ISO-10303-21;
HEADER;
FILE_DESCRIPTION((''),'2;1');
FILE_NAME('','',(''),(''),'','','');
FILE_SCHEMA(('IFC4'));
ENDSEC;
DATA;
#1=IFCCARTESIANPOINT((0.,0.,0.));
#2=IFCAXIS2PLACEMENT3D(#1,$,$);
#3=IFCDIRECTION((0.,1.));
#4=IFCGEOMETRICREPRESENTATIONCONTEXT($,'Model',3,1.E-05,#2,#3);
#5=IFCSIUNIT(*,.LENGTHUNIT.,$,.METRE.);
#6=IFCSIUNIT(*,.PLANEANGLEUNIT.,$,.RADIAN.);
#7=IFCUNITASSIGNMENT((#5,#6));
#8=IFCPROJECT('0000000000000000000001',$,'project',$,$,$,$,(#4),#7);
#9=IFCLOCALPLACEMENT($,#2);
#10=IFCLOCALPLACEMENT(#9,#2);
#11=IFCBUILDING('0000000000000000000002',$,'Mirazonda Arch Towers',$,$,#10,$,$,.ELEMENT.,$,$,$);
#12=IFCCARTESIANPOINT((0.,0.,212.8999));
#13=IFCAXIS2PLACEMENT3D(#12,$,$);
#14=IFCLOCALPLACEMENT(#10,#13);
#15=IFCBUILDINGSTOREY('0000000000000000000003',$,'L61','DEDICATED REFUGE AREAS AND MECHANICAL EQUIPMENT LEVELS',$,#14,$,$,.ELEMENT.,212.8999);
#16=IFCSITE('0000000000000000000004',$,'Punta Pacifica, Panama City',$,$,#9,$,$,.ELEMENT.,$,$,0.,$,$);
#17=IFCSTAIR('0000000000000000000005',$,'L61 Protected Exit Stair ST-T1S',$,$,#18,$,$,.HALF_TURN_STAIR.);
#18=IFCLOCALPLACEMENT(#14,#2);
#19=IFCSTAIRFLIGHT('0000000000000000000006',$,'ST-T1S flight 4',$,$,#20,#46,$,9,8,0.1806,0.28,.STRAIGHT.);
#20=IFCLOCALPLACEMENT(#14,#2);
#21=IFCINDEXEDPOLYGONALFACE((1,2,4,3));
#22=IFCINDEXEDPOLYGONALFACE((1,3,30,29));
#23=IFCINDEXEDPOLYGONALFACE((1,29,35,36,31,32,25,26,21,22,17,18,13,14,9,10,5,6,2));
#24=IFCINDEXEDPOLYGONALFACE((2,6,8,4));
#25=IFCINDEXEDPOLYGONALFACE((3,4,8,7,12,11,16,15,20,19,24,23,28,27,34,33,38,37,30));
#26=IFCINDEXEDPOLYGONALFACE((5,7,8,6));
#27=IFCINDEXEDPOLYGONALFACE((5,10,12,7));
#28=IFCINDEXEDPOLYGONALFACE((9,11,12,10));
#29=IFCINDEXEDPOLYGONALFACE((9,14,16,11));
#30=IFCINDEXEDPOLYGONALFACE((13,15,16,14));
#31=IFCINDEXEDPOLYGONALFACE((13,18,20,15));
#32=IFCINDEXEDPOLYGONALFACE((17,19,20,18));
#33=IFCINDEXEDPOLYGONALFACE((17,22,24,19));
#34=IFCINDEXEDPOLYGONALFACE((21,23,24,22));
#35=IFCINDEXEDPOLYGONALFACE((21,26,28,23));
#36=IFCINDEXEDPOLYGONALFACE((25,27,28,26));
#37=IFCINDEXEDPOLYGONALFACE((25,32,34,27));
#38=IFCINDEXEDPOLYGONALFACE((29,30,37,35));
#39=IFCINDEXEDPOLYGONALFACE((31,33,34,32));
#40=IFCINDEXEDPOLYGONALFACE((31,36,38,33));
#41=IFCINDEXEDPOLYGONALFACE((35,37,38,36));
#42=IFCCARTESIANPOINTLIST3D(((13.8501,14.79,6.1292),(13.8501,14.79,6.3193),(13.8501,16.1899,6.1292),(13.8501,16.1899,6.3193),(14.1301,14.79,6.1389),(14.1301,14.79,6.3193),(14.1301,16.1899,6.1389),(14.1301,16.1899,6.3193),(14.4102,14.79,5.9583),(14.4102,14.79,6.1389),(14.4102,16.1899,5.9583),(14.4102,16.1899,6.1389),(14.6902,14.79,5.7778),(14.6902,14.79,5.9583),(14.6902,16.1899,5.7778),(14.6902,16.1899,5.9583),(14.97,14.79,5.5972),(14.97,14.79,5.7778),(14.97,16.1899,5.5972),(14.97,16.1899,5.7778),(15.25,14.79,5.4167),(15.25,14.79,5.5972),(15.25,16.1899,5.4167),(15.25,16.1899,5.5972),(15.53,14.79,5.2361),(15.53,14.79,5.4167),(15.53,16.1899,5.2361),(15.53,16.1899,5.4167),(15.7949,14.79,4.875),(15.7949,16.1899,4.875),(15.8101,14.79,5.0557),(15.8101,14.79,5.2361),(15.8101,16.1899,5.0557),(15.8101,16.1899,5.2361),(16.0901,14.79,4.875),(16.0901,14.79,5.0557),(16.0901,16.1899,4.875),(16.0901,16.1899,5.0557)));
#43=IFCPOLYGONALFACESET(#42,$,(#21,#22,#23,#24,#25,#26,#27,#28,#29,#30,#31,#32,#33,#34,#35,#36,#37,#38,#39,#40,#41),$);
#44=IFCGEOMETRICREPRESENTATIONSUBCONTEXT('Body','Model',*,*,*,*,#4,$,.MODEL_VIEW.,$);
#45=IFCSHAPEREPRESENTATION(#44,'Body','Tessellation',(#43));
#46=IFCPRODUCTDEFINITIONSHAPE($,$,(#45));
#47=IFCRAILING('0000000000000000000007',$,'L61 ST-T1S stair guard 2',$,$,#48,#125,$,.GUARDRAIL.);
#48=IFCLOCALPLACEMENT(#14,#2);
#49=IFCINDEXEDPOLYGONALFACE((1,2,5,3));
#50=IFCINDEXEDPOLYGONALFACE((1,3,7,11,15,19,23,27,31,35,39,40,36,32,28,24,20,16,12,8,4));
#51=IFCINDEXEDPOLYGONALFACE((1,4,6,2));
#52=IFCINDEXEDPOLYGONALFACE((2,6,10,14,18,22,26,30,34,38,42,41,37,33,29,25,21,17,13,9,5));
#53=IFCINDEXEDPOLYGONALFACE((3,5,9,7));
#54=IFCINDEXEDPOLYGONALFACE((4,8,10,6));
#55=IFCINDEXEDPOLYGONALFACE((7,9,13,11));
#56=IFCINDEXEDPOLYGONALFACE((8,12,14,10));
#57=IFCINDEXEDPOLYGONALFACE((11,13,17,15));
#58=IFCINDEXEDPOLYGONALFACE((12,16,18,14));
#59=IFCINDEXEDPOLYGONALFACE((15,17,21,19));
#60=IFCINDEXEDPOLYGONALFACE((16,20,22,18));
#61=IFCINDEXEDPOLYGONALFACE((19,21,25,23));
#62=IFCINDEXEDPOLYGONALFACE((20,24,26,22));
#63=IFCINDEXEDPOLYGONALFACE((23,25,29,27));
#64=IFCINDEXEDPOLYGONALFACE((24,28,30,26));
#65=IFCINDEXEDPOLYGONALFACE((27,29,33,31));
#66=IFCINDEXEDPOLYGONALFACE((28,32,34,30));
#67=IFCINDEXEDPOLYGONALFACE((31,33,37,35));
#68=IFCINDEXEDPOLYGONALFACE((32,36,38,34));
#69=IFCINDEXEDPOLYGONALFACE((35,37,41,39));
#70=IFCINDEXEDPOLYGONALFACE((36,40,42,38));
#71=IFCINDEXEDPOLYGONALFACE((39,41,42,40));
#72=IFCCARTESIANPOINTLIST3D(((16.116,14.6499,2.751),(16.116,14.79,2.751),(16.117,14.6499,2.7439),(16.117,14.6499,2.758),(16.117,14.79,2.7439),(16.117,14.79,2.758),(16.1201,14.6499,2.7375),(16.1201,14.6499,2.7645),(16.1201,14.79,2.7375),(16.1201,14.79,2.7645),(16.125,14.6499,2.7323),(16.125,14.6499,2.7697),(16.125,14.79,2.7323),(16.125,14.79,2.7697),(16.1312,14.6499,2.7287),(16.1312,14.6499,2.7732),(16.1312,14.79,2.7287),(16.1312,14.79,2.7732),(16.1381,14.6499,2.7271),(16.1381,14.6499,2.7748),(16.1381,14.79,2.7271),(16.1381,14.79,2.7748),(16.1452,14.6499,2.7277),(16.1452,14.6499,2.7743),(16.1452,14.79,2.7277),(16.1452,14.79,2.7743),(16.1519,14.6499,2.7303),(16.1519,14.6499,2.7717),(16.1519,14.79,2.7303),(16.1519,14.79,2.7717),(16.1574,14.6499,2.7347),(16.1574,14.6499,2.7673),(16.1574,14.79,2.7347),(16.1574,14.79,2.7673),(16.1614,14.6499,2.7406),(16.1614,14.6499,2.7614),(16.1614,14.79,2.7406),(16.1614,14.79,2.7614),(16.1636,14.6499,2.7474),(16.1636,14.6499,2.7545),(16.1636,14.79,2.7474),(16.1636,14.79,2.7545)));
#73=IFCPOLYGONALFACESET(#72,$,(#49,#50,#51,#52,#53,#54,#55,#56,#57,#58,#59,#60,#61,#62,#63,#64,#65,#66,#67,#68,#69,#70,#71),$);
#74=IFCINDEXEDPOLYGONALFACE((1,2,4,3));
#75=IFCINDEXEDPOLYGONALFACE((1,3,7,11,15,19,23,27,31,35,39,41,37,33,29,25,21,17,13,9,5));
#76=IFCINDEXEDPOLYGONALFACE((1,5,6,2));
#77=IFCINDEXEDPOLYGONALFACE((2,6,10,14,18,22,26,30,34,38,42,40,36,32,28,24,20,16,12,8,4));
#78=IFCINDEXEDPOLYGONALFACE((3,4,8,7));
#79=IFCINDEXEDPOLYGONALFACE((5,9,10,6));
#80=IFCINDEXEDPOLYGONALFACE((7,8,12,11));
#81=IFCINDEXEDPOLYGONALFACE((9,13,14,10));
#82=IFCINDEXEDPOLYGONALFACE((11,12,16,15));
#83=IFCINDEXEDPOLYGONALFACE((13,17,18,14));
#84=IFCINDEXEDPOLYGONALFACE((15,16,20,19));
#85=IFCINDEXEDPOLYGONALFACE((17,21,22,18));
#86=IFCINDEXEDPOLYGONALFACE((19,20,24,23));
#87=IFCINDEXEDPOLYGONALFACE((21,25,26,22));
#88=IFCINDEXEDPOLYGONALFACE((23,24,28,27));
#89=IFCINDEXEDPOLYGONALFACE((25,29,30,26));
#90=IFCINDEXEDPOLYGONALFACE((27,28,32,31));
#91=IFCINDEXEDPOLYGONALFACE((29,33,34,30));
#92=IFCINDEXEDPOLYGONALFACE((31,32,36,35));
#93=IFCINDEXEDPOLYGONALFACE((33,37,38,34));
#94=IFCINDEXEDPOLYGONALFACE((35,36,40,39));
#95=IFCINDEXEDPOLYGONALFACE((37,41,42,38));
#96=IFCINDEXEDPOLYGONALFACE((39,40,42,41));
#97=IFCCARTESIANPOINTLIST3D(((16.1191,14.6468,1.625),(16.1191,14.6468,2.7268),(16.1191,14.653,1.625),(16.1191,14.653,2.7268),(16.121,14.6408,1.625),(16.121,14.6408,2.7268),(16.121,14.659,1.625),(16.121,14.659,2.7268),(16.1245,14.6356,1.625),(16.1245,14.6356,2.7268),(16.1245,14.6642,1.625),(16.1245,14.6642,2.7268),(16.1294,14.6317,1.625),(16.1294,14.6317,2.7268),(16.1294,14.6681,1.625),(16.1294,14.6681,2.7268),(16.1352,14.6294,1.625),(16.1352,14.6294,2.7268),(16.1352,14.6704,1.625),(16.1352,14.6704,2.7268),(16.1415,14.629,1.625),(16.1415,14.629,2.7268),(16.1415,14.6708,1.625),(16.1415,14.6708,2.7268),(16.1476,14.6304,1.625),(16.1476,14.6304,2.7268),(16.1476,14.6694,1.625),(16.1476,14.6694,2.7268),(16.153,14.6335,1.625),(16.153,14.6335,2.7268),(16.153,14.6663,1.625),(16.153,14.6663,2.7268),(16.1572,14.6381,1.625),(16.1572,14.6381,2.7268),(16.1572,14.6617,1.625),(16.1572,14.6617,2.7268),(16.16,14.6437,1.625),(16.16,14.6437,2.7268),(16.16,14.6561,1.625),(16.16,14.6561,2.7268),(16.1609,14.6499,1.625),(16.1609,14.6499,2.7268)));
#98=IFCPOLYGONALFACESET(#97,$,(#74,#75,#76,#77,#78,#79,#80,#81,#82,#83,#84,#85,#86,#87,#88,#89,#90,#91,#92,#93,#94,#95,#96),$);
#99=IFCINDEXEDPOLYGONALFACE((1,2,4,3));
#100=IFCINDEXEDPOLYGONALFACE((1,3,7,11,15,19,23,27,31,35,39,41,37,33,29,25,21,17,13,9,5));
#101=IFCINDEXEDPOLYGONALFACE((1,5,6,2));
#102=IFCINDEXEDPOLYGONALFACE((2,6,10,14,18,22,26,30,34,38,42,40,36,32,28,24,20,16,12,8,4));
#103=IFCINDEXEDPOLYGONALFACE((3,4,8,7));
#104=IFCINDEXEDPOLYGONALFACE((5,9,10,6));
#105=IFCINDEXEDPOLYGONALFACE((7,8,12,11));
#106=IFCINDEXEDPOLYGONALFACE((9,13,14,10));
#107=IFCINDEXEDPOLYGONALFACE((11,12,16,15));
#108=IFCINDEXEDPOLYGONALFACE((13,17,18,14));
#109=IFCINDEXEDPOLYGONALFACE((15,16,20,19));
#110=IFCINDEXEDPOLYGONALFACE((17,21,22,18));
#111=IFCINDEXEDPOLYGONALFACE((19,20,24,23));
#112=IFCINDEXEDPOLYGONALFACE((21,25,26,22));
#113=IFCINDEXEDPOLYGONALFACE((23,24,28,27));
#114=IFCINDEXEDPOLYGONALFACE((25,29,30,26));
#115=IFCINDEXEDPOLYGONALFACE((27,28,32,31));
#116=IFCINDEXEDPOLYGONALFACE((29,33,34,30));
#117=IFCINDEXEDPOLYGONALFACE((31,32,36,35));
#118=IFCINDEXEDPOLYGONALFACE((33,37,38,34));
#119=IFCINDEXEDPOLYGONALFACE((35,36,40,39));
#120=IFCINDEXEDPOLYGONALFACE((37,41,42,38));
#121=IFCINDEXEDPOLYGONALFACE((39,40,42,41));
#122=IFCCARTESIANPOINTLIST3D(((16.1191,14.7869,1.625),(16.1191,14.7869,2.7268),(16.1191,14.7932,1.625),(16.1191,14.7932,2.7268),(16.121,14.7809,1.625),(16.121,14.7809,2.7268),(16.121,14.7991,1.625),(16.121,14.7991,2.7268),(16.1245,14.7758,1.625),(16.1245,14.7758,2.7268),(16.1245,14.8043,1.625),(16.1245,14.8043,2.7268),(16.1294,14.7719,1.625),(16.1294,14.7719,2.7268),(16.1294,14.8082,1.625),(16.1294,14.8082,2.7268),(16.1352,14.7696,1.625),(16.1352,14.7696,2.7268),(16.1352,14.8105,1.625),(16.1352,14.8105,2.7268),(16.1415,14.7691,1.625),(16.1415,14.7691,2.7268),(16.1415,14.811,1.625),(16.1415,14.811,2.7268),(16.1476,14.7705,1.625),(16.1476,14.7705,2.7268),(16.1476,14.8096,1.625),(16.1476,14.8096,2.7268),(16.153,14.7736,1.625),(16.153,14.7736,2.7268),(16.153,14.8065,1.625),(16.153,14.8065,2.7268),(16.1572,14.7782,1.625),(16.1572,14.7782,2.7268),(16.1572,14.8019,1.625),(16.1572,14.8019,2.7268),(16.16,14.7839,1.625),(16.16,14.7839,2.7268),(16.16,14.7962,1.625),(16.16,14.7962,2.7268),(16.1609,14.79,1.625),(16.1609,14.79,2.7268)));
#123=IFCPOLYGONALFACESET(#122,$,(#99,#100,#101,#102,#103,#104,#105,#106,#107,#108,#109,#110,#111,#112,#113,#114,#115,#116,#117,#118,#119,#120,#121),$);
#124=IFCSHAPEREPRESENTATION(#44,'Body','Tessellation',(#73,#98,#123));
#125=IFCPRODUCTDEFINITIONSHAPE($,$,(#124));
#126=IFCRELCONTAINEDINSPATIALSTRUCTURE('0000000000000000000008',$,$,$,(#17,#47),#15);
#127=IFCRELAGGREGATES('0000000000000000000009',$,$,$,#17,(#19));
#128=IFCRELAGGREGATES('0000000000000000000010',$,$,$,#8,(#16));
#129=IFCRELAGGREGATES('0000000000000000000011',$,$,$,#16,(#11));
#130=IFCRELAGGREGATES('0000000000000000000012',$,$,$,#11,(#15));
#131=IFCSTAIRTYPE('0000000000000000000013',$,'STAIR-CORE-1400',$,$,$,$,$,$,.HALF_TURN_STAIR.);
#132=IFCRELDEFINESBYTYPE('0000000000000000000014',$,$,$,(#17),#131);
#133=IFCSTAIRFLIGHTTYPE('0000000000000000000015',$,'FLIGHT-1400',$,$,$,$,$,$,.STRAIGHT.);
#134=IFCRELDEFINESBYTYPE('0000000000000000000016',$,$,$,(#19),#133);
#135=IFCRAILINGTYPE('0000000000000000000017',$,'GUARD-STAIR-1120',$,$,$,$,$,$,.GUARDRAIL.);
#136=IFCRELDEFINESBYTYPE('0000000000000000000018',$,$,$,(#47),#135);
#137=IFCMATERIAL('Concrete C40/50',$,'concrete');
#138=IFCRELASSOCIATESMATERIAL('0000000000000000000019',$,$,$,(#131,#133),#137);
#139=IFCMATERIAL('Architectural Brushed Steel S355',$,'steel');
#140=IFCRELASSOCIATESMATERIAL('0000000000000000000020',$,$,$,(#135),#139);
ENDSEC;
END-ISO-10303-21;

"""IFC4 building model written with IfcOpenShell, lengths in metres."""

from ifc_helpers import new_model, si_unit, direction, frame, origin, origin_2d, place, context, subcontext, project, spatial, polyline, circle, outline, extrude, material, type_object, element, aggregate, save


model = new_model("IFC4")

# Units and contexts
model_context = context("Model", 3, precision=1e-05, world=origin(), true_north=direction((0.0, 1.0)))
body_context = subcontext(model_context, "Body", "Model", "MODEL_VIEW")
ifc_project = project(units=[si_unit("LENGTHUNIT", "METRE"), si_unit("PLANEANGLEUNIT", "RADIAN")], contexts=[model_context])

# Site, building, storey
site_placement = place(None, origin())
site = spatial("IfcSite", under=ifc_project, at=site_placement, Name="Punta Pacifica, Panama City", CompositionType="ELEMENT", RefElevation=0.0)
building_placement = place(site_placement, origin())
building = spatial("IfcBuilding", under=site, at=building_placement, Name="Mirazonda Arch Towers", CompositionType="ELEMENT")
storey_placement = place(building_placement, frame((0.0, 0.0, 212.8999)))
storey = spatial("IfcBuildingStorey", under=building, at=storey_placement, Name="L61", Description="DEDICATED REFUGE AREAS AND MECHANICAL EQUIPMENT LEVELS", CompositionType="ELEMENT", Elevation=212.8999)

# Shared definitions
ifc_material_1 = material(Name="Concrete C40/50", Category="concrete")

# Shared definitions
ifc_material_2 = material(Name="Architectural Brushed Steel S355", Category="steel")

# Stair, stair flight
stair_type = type_object("IfcStairType", Name="STAIR-CORE-1400", PredefinedType="HALF_TURN_STAIR", material=ifc_material_1)
stair_placement = place(storey_placement, origin())
stair = element("IfcStair", 1, at=stair_placement, inside=storey, type_object=stair_type, Name="L61 Protected Exit Stair ST-T1S", PredefinedType="HALF_TURN_STAIR")
stair_flight_type = type_object("IfcStairFlightType", Name="FLIGHT-1400", PredefinedType="STRAIGHT", material=ifc_material_1)
stair_flight_1_placement = place(storey_placement, frame((16.0901, 15.49, 4.875), z_axis=(0.0, 0.0, 1.0), x_axis=(-1.0, 0.0, 0.0)))
stair_flight_1 = element("IfcStairFlight", 2, at=stair_flight_1_placement, type_object=stair_flight_type, Name="ST-T1S flight 4", NumberOfRisers=9, NumberOfTreads=8, PredefinedType="STRAIGHT", RiserHeight=0.1806, TreadLength=0.28, context=body_context, shape_type="SweptSolid", body=[
    extrude(outline(polyline([(0.0, 0.0), (0.0, 0.1807), (0.28, 0.1807), (0.28, 0.3611), (0.5601, 0.3611), (0.5601, 0.5417), (0.8401, 0.5417), (0.8401, 0.7222), (1.1201, 0.7222), (1.1201, 0.9028), (1.3999, 0.9028), (1.3999, 1.0833), (1.6799, 1.0833), (1.6799, 1.2639), (1.96, 1.2639), (1.96, 1.4443), (2.24, 1.4443), (2.24, 1.625), (2.24, 1.2542), (0.2952, 0.0), (0.0, 0.0)])), frame((0.0, 0.7, 0.0), z_axis=(0.0, -1.0, 0.0), x_axis=(1.0, 0.0, 0.0)), (0.0, 0.0, 1.0), 1.3999),
])
aggregate(stair, [stair_flight_1])

# Railing
railing_type_1 = type_object("IfcRailingType", Name="GUARD-STAIR-1120", PredefinedType="GUARDRAIL", material=ifc_material_2)
railing_1_placement = place(storey_placement, frame((16.1399, 14.6499, 1.625)))
element("IfcRailing", 3, at=railing_1_placement, inside=storey, type_object=railing_type_1, Name="L61 ST-T1S stair guard 2", PredefinedType="GUARDRAIL", context=body_context, shape_type="SweptSolid", body=[
    extrude(circle(Radius=0.0239, at=origin_2d()), frame((0.0, 0.0, 1.126), z_axis=(0.0, 1.0, 0.0), x_axis=(-1.0, 0.0, 0.0)), (0.0, 0.0, 1.0), 0.1401),
    extrude(circle(Radius=0.021, at=origin_2d()), origin(), (0.0, 0.0, 1.0), 1.1018),
    extrude(circle(Radius=0.021, at=origin_2d()), frame((0.0, 0.1401, 0.0)), (0.0, 0.0, 1.0), 1.1018),
])

save(model, "model.ifc")
